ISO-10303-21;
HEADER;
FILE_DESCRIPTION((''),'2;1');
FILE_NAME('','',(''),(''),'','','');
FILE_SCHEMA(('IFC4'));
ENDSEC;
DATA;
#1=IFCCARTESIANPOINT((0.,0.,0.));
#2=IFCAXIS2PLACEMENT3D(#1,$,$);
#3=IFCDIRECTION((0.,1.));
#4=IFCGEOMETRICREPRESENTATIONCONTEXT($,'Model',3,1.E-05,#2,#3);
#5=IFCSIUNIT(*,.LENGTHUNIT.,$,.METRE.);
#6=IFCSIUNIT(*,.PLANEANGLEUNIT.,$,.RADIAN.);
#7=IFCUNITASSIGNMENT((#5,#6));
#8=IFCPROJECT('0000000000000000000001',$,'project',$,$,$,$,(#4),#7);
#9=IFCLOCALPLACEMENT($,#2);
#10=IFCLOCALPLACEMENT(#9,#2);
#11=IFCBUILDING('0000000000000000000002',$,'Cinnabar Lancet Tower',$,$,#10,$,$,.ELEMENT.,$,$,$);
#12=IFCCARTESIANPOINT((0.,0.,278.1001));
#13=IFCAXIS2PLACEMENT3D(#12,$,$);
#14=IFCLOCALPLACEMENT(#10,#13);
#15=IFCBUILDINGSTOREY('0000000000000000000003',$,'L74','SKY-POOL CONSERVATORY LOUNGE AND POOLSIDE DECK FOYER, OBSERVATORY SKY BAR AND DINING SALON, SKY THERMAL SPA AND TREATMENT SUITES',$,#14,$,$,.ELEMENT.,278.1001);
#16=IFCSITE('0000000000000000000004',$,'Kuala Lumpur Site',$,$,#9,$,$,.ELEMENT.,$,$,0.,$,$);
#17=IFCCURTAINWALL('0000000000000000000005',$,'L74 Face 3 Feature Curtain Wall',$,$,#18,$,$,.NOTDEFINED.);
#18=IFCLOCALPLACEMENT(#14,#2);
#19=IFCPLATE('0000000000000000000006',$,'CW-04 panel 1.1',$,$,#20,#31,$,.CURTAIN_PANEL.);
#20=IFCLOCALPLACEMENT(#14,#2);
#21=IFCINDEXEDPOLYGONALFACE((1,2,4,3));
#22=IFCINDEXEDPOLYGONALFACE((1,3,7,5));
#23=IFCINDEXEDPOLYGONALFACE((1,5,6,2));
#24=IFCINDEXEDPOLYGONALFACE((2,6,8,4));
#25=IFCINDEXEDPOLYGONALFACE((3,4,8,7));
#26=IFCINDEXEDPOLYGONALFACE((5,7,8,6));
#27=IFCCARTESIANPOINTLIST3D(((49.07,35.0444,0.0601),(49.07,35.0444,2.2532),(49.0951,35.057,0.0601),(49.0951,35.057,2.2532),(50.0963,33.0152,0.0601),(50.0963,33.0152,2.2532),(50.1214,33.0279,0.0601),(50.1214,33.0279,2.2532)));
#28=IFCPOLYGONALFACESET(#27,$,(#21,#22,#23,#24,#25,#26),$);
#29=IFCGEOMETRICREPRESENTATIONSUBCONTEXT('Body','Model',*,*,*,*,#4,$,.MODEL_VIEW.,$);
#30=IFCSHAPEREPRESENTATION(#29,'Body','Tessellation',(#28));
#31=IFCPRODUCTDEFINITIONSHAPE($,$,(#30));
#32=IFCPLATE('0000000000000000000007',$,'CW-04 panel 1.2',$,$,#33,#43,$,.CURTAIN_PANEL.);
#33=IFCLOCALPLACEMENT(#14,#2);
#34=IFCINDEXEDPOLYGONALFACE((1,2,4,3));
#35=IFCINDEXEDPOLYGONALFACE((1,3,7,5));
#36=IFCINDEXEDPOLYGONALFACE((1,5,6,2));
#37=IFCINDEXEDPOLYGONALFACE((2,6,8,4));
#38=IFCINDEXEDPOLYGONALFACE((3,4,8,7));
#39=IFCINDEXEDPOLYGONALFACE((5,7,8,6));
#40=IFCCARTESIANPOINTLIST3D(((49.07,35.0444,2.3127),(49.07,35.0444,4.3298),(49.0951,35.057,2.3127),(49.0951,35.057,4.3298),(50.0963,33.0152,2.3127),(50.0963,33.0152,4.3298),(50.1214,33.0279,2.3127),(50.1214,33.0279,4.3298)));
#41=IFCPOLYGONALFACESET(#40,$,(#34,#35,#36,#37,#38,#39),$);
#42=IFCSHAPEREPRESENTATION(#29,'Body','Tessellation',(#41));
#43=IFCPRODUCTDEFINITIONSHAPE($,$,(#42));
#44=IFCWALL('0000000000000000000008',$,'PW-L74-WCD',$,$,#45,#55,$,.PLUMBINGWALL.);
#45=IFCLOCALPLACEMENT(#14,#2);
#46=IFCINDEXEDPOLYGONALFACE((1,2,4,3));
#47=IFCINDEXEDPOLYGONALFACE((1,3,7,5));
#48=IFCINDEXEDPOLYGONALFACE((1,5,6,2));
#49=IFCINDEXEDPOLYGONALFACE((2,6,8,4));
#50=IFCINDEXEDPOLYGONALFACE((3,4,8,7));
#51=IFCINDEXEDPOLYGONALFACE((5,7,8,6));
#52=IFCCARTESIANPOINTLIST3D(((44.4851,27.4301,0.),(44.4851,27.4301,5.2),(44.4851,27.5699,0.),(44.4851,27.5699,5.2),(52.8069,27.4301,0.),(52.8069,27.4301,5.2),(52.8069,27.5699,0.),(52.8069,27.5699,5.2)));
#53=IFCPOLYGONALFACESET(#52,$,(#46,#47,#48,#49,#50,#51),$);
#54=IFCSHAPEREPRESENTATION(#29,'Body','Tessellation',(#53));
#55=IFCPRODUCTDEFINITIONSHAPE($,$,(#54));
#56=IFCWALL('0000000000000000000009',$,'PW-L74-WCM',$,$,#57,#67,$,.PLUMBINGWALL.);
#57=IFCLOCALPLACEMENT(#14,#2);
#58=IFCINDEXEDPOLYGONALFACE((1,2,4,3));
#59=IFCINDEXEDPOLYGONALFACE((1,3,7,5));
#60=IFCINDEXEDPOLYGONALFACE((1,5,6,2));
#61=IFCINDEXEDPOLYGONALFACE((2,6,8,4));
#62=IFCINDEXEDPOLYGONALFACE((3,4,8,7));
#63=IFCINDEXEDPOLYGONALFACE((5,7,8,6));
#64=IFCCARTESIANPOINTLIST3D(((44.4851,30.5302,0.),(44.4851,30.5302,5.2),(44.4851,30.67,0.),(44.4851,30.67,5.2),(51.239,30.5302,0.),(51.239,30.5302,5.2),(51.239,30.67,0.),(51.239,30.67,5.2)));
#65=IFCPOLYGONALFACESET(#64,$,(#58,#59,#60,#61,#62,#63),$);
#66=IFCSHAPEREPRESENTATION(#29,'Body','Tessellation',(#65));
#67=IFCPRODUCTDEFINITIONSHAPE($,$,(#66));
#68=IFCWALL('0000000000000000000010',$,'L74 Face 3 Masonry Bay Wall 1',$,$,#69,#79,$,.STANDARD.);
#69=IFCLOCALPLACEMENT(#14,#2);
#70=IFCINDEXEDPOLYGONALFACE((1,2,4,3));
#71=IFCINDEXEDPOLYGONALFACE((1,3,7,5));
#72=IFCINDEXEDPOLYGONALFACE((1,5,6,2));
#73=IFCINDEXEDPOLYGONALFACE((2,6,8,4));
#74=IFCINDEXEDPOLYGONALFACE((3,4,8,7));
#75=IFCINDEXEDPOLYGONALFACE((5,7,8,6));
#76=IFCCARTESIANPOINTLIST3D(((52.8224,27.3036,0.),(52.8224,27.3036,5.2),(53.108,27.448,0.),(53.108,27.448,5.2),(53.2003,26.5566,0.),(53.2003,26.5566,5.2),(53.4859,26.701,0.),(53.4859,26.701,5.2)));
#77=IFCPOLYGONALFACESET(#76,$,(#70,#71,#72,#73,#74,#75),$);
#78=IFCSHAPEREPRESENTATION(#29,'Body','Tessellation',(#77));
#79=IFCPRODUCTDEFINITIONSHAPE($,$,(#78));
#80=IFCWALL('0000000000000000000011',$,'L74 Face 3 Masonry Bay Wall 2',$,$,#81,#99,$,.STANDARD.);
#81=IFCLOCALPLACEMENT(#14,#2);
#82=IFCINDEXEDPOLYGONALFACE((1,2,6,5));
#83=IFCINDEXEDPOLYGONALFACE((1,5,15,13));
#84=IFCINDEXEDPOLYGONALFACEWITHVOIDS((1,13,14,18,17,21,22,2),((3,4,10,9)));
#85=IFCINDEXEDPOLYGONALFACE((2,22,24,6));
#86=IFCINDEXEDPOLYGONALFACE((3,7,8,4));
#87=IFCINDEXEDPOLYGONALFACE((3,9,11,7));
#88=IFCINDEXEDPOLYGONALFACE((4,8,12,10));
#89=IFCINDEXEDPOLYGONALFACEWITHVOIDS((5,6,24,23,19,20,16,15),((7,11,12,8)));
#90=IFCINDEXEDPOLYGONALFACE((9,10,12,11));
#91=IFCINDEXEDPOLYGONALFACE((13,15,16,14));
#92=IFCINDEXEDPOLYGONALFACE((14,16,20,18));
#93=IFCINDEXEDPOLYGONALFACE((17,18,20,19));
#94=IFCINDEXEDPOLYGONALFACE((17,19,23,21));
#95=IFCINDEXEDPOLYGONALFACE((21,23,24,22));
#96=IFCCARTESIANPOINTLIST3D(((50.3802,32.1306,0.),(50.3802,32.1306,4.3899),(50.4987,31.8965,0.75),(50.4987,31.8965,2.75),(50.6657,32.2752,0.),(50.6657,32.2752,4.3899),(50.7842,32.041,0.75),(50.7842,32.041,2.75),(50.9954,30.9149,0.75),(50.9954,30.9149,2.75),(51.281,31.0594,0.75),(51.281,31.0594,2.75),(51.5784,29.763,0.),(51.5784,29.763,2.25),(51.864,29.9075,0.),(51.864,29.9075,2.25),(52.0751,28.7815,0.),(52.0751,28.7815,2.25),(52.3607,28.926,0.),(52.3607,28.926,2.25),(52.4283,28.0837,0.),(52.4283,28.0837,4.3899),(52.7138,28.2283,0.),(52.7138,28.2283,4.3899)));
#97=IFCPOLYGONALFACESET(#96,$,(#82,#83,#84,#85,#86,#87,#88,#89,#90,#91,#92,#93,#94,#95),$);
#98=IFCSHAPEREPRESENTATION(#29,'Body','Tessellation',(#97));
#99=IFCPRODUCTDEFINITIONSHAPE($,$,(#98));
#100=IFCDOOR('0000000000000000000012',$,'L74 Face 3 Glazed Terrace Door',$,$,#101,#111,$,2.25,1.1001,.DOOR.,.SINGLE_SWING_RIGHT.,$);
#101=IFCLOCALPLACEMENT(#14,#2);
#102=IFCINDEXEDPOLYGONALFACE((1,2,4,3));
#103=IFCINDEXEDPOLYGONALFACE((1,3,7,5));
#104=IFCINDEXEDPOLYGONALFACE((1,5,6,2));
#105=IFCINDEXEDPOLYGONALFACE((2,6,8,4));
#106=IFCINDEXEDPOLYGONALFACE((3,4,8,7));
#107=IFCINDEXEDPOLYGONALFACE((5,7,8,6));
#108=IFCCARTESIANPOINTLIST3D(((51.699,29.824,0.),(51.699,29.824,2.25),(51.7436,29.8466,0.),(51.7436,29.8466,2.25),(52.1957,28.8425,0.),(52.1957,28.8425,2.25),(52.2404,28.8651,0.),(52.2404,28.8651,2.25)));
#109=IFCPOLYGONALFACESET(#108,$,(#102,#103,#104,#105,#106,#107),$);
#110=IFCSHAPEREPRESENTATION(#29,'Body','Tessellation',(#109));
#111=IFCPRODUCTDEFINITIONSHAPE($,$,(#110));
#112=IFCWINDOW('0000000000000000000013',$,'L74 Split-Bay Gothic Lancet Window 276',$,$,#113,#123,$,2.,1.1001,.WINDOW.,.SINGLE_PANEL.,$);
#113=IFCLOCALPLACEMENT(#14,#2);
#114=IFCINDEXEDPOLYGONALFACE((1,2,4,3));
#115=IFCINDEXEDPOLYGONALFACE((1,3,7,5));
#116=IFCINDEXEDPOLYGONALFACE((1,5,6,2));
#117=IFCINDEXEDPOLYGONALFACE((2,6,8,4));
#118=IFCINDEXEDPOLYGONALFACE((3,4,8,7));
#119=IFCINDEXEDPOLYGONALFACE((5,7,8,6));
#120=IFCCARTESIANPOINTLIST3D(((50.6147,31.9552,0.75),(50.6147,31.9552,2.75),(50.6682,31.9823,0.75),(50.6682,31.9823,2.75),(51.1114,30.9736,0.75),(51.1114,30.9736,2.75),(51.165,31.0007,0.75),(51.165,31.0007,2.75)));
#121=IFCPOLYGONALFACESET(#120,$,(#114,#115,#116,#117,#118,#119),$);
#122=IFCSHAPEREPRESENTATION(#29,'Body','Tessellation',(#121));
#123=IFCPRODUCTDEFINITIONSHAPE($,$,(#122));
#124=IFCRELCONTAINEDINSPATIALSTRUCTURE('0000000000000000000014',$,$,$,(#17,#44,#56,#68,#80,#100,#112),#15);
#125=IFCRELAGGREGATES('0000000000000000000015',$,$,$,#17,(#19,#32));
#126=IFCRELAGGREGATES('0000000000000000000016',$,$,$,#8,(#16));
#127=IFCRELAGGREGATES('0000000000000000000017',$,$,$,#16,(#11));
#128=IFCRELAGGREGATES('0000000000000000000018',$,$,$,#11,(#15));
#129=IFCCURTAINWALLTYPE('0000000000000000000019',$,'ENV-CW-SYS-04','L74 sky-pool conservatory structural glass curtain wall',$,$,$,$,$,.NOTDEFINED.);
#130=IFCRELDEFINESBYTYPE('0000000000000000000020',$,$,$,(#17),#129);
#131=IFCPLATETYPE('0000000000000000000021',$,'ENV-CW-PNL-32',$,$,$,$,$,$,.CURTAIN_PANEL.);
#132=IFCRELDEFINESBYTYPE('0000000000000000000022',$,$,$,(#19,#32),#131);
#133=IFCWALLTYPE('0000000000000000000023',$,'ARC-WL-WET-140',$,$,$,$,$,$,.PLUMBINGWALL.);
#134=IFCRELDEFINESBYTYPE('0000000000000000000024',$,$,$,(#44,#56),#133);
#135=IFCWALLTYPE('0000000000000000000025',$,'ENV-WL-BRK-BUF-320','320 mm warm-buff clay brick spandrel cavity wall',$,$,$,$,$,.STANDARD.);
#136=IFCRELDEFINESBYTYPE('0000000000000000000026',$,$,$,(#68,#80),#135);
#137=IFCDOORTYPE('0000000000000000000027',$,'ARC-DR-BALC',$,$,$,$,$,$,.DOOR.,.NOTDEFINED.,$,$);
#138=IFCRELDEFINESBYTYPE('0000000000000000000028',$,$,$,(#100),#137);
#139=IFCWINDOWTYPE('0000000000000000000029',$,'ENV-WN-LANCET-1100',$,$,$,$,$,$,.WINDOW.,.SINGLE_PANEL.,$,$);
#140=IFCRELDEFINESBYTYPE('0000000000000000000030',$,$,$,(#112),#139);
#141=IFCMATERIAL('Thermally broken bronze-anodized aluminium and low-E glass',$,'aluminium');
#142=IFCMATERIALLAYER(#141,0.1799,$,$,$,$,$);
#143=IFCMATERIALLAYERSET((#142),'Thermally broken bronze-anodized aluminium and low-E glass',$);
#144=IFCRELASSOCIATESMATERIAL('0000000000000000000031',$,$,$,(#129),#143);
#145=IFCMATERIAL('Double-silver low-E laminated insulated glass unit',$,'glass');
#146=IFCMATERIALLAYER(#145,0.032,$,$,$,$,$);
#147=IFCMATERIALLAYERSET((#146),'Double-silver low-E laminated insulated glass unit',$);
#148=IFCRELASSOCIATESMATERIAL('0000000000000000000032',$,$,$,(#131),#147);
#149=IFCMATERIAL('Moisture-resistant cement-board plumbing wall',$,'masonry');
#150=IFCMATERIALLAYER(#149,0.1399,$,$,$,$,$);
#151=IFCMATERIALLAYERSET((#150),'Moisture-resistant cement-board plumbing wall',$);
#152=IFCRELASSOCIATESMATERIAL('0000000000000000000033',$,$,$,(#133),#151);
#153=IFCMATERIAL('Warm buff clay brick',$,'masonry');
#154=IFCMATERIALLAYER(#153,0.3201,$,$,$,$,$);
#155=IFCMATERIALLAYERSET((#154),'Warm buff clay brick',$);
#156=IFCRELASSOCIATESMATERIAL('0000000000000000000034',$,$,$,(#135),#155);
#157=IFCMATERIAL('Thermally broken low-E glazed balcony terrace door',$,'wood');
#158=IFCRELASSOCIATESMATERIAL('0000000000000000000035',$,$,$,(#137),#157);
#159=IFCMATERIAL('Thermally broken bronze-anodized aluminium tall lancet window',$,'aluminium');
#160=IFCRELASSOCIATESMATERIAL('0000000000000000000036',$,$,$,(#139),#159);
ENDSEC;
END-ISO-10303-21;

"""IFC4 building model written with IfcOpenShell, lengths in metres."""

from ifc_helpers import new_model, si_unit, direction, frame, frame_2d, origin, origin_2d, place, context, subcontext, project, spatial, rectangle, extrude, material, layer, layer_set, type_object, element, fill, aggregate, save


model = new_model("IFC4")

# Units and contexts
model_context = context("Model", 3, precision=1e-05, world=origin(), true_north=direction((0.0, 1.0)))
body_context = subcontext(model_context, "Body", "Model", "MODEL_VIEW")
ifc_project = project(units=[si_unit("LENGTHUNIT", "METRE"), si_unit("PLANEANGLEUNIT", "RADIAN")], contexts=[model_context])

# Site, building, storey
site_placement = place(None, origin())
site = spatial("IfcSite", under=ifc_project, at=site_placement, Name="Kuala Lumpur Site", CompositionType="ELEMENT", RefElevation=0.0)
building_placement = place(site_placement, origin())
building = spatial("IfcBuilding", under=site, at=building_placement, Name="Cinnabar Lancet Tower", CompositionType="ELEMENT")
storey_placement = place(building_placement, frame((0.0, 0.0, 278.1001)))
storey = spatial("IfcBuildingStorey", under=building, at=storey_placement, Name="L74", Description="SKY-POOL CONSERVATORY LOUNGE AND POOLSIDE DECK FOYER, OBSERVATORY SKY BAR AND DINING SALON, SKY THERMAL SPA AND TREATMENT SUITES", CompositionType="ELEMENT", Elevation=278.1001)

# Curtain wall
ifc_material_1 = material(Name="Thermally broken bronze-anodized aluminium and low-E glass", Category="aluminium")
ifc_layer_1 = layer(ifc_material_1, 0.1799)
ifc_layer_set_1 = layer_set([ifc_layer_1], Name="Thermally broken bronze-anodized aluminium and low-E glass")
curtain_wall_type = type_object("IfcCurtainWallType", Name="ENV-CW-SYS-04", Description="L74 sky-pool conservatory structural glass curtain wall", PredefinedType="NOTDEFINED", material=ifc_layer_set_1)
curtain_wall_placement = place(storey_placement, origin())
curtain_wall = element("IfcCurtainWall", 1, at=curtain_wall_placement, inside=storey, type_object=curtain_wall_type, Name="L74 Face 3 Feature Curtain Wall", PredefinedType="NOTDEFINED")

# Plates
ifc_material_2 = material(Name="Double-silver low-E laminated insulated glass unit", Category="glass")
ifc_layer_2 = layer(ifc_material_2, 0.032)
ifc_layer_set_2 = layer_set([ifc_layer_2], Name="Double-silver low-E laminated insulated glass unit")
plate_type = type_object("IfcPlateType", Name="ENV-CW-PNL-32", PredefinedType="CURTAIN_PANEL", material=ifc_layer_set_2)
plate_1_placement = place(storey_placement, frame((49.5957, 34.0361, 0.0601), z_axis=(0.0, 0.0, 1.0), x_axis=(-0.451354, 0.892345, 0.0)))
plate_1 = element("IfcPlate", 2, at=plate_1_placement, type_object=plate_type, Name="CW-04 panel 1.1", PredefinedType="CURTAIN_PANEL", context=body_context, shape_type="SweptSolid", body=[
    extrude(rectangle(XDim=2.2739, YDim=0.0281, at=origin_2d()), origin(), (0.0, 0.0, 1.0), 2.1931),
])
plate_2_placement = place(storey_placement, frame((49.5957, 34.0361, 2.3127), z_axis=(0.0, 0.0, 1.0), x_axis=(-0.451354, 0.892345, 0.0)))
plate_2 = element("IfcPlate", 3, at=plate_2_placement, type_object=plate_type, Name="CW-04 panel 1.2", PredefinedType="CURTAIN_PANEL", context=body_context, shape_type="SweptSolid", body=[
    extrude(rectangle(XDim=2.2739, YDim=0.0281, at=origin_2d()), origin(), (0.0, 0.0, 1.0), 2.0171),
])
aggregate(curtain_wall, [plate_1, plate_2])

# Walls
ifc_material_3 = material(Name="Moisture-resistant cement-board plumbing wall", Category="masonry")
ifc_layer_3 = layer(ifc_material_3, 0.1399)
ifc_layer_set_3 = layer_set([ifc_layer_3], Name="Moisture-resistant cement-board plumbing wall")
wall_type_1 = type_object("IfcWallType", Name="ARC-WL-WET-140", PredefinedType="PLUMBINGWALL", material=ifc_layer_set_3)
wall_1_placement = place(storey_placement, frame((44.4851, 27.5, 0.0), z_axis=(0.0, 0.0, 1.0), x_axis=(1.0, 0.0, 0.0)))
element("IfcWall", 4, at=wall_1_placement, inside=storey, type_object=wall_type_1, Name="PW-L74-WCD", PredefinedType="PLUMBINGWALL", context=body_context, shape_type="SweptSolid", body=[
    extrude(rectangle(XDim=8.3218, YDim=0.1399, at=frame_2d((4.1609, 0.0))), origin(), (0.0, 0.0, 1.0), 5.2),
])
wall_2_placement = place(storey_placement, frame((44.4851, 30.6001, 0.0), z_axis=(0.0, 0.0, 1.0), x_axis=(1.0, 0.0, 0.0)))
element("IfcWall", 5, at=wall_2_placement, inside=storey, type_object=wall_type_1, Name="PW-L74-WCM", PredefinedType="PLUMBINGWALL", context=body_context, shape_type="SweptSolid", body=[
    extrude(rectangle(XDim=6.7539, YDim=0.1399, at=frame_2d((3.377, 0.0))), origin(), (0.0, 0.0, 1.0), 5.2),
])
ifc_material_4 = material(Name="Warm buff clay brick", Category="masonry")
ifc_layer_4 = layer(ifc_material_4, 0.3201)
ifc_layer_set_4 = layer_set([ifc_layer_4], Name="Warm buff clay brick")
wall_type_2 = type_object("IfcWallType", Name="ENV-WL-BRK-BUF-320", Description="320 mm warm-buff clay brick spandrel cavity wall", PredefinedType="STANDARD", material=ifc_layer_set_4)
wall_3_placement = place(storey_placement, frame((53.343, 26.6289, 0.0), z_axis=(0.0, 0.0, 1.0), x_axis=(-0.451408, 0.892318, 0.0)))
element("IfcWall", 6, at=wall_3_placement, inside=storey, type_object=wall_type_2, Name="L74 Face 3 Masonry Bay Wall 1", PredefinedType="STANDARD", context=body_context, shape_type="SweptSolid", body=[
    extrude(rectangle(XDim=0.8372, YDim=0.3201, at=frame_2d((0.4185, 0.0))), origin(), (0.0, 0.0, 1.0), 5.2),
])

# Wall, openings, door, window
wall_4_placement = place(storey_placement, frame((52.571, 28.156, 0.0), z_axis=(0.0, 0.0, 1.0), x_axis=(-0.451558, 0.892242, 0.0)))
wall_4 = element("IfcWall", 7, at=wall_4_placement, inside=storey, type_object=wall_type_2, Name="L74 Face 3 Masonry Bay Wall 2", PredefinedType="STANDARD", context=body_context, shape_type="SweptSolid", body=[
    extrude(rectangle(XDim=4.5356, YDim=0.3201, at=frame_2d((2.2678, 0.0))), origin(), (0.0, 0.0, 1.0), 4.3899),
])
opening_1_placement = place(wall_4_placement, frame((0.782, 0.0, 0.0)))
opening_1 = element("IfcOpeningElement", 8, at=opening_1_placement, cuts=wall_4, PredefinedType="OPENING", context=body_context, shape_type="SweptSolid", body=[
    extrude(rectangle(XDim=1.1001, YDim=2.25, at=frame_2d((0.55, 1.125))), frame((0.0, 0.1699, 0.0), z_axis=(0.0, -1.0, 0.0), x_axis=(1.0, 0.0, 0.0)), (0.0, 0.0, 1.0), 0.3401),
])
opening_2_placement = place(wall_4_placement, frame((3.1731, 0.0, 0.75)))
opening_2 = element("IfcOpeningElement", 9, at=opening_2_placement, cuts=wall_4, PredefinedType="OPENING", context=body_context, shape_type="SweptSolid", body=[
    extrude(rectangle(XDim=1.1001, YDim=2.0, at=frame_2d((0.55, 1.0))), frame((0.0, 0.1699, 0.0), z_axis=(0.0, -1.0, 0.0), x_axis=(1.0, 0.0, 0.0)), (0.0, 0.0, 1.0), 0.3401),
])
ifc_material_5 = material(Name="Thermally broken low-E glazed balcony terrace door", Category="wood")
door_type = type_object("IfcDoorType", Name="ARC-DR-BALC", OperationType="NOTDEFINED", PredefinedType="DOOR", material=ifc_material_5)
door_placement = place(opening_1_placement, origin())
door = element("IfcDoor", 10, at=door_placement, inside=storey, type_object=door_type, Name="L74 Face 3 Glazed Terrace Door", OperationType="SINGLE_SWING_RIGHT", OverallHeight=2.25, OverallWidth=1.1001, PredefinedType="DOOR", context=body_context, shape_type="SweptSolid", body=[
    extrude(rectangle(XDim=1.1001, YDim=2.25, at=frame_2d((0.55, 1.125))), frame((0.0, 0.0249, 0.0), z_axis=(0.0, -1.0, 0.0), x_axis=(1.0, 0.0, 0.0)), (0.0, 0.0, 1.0), 0.05),
])
fill(opening_1, door)
ifc_material_6 = material(Name="Thermally broken bronze-anodized aluminium tall lancet window", Category="aluminium")
window_type = type_object("IfcWindowType", Name="ENV-WN-LANCET-1100", PartitioningType="SINGLE_PANEL", PredefinedType="WINDOW", material=ifc_material_6)
window_placement = place(opening_2_placement, origin())
window = element("IfcWindow", 11, at=window_placement, inside=storey, type_object=window_type, Name="L74 Split-Bay Gothic Lancet Window 276", OverallHeight=2.0, OverallWidth=1.1001, PartitioningType="SINGLE_PANEL", PredefinedType="WINDOW", context=body_context, shape_type="SweptSolid", body=[
    extrude(rectangle(XDim=1.1001, YDim=2.0, at=frame_2d((0.55, 1.0))), frame((0.0, 0.03, 0.0), z_axis=(0.0, -1.0, 0.0), x_axis=(1.0, 0.0, 0.0)), (0.0, 0.0, 1.0), 0.0601),
])
fill(opening_2, window)

save(model, "model.ifc")
